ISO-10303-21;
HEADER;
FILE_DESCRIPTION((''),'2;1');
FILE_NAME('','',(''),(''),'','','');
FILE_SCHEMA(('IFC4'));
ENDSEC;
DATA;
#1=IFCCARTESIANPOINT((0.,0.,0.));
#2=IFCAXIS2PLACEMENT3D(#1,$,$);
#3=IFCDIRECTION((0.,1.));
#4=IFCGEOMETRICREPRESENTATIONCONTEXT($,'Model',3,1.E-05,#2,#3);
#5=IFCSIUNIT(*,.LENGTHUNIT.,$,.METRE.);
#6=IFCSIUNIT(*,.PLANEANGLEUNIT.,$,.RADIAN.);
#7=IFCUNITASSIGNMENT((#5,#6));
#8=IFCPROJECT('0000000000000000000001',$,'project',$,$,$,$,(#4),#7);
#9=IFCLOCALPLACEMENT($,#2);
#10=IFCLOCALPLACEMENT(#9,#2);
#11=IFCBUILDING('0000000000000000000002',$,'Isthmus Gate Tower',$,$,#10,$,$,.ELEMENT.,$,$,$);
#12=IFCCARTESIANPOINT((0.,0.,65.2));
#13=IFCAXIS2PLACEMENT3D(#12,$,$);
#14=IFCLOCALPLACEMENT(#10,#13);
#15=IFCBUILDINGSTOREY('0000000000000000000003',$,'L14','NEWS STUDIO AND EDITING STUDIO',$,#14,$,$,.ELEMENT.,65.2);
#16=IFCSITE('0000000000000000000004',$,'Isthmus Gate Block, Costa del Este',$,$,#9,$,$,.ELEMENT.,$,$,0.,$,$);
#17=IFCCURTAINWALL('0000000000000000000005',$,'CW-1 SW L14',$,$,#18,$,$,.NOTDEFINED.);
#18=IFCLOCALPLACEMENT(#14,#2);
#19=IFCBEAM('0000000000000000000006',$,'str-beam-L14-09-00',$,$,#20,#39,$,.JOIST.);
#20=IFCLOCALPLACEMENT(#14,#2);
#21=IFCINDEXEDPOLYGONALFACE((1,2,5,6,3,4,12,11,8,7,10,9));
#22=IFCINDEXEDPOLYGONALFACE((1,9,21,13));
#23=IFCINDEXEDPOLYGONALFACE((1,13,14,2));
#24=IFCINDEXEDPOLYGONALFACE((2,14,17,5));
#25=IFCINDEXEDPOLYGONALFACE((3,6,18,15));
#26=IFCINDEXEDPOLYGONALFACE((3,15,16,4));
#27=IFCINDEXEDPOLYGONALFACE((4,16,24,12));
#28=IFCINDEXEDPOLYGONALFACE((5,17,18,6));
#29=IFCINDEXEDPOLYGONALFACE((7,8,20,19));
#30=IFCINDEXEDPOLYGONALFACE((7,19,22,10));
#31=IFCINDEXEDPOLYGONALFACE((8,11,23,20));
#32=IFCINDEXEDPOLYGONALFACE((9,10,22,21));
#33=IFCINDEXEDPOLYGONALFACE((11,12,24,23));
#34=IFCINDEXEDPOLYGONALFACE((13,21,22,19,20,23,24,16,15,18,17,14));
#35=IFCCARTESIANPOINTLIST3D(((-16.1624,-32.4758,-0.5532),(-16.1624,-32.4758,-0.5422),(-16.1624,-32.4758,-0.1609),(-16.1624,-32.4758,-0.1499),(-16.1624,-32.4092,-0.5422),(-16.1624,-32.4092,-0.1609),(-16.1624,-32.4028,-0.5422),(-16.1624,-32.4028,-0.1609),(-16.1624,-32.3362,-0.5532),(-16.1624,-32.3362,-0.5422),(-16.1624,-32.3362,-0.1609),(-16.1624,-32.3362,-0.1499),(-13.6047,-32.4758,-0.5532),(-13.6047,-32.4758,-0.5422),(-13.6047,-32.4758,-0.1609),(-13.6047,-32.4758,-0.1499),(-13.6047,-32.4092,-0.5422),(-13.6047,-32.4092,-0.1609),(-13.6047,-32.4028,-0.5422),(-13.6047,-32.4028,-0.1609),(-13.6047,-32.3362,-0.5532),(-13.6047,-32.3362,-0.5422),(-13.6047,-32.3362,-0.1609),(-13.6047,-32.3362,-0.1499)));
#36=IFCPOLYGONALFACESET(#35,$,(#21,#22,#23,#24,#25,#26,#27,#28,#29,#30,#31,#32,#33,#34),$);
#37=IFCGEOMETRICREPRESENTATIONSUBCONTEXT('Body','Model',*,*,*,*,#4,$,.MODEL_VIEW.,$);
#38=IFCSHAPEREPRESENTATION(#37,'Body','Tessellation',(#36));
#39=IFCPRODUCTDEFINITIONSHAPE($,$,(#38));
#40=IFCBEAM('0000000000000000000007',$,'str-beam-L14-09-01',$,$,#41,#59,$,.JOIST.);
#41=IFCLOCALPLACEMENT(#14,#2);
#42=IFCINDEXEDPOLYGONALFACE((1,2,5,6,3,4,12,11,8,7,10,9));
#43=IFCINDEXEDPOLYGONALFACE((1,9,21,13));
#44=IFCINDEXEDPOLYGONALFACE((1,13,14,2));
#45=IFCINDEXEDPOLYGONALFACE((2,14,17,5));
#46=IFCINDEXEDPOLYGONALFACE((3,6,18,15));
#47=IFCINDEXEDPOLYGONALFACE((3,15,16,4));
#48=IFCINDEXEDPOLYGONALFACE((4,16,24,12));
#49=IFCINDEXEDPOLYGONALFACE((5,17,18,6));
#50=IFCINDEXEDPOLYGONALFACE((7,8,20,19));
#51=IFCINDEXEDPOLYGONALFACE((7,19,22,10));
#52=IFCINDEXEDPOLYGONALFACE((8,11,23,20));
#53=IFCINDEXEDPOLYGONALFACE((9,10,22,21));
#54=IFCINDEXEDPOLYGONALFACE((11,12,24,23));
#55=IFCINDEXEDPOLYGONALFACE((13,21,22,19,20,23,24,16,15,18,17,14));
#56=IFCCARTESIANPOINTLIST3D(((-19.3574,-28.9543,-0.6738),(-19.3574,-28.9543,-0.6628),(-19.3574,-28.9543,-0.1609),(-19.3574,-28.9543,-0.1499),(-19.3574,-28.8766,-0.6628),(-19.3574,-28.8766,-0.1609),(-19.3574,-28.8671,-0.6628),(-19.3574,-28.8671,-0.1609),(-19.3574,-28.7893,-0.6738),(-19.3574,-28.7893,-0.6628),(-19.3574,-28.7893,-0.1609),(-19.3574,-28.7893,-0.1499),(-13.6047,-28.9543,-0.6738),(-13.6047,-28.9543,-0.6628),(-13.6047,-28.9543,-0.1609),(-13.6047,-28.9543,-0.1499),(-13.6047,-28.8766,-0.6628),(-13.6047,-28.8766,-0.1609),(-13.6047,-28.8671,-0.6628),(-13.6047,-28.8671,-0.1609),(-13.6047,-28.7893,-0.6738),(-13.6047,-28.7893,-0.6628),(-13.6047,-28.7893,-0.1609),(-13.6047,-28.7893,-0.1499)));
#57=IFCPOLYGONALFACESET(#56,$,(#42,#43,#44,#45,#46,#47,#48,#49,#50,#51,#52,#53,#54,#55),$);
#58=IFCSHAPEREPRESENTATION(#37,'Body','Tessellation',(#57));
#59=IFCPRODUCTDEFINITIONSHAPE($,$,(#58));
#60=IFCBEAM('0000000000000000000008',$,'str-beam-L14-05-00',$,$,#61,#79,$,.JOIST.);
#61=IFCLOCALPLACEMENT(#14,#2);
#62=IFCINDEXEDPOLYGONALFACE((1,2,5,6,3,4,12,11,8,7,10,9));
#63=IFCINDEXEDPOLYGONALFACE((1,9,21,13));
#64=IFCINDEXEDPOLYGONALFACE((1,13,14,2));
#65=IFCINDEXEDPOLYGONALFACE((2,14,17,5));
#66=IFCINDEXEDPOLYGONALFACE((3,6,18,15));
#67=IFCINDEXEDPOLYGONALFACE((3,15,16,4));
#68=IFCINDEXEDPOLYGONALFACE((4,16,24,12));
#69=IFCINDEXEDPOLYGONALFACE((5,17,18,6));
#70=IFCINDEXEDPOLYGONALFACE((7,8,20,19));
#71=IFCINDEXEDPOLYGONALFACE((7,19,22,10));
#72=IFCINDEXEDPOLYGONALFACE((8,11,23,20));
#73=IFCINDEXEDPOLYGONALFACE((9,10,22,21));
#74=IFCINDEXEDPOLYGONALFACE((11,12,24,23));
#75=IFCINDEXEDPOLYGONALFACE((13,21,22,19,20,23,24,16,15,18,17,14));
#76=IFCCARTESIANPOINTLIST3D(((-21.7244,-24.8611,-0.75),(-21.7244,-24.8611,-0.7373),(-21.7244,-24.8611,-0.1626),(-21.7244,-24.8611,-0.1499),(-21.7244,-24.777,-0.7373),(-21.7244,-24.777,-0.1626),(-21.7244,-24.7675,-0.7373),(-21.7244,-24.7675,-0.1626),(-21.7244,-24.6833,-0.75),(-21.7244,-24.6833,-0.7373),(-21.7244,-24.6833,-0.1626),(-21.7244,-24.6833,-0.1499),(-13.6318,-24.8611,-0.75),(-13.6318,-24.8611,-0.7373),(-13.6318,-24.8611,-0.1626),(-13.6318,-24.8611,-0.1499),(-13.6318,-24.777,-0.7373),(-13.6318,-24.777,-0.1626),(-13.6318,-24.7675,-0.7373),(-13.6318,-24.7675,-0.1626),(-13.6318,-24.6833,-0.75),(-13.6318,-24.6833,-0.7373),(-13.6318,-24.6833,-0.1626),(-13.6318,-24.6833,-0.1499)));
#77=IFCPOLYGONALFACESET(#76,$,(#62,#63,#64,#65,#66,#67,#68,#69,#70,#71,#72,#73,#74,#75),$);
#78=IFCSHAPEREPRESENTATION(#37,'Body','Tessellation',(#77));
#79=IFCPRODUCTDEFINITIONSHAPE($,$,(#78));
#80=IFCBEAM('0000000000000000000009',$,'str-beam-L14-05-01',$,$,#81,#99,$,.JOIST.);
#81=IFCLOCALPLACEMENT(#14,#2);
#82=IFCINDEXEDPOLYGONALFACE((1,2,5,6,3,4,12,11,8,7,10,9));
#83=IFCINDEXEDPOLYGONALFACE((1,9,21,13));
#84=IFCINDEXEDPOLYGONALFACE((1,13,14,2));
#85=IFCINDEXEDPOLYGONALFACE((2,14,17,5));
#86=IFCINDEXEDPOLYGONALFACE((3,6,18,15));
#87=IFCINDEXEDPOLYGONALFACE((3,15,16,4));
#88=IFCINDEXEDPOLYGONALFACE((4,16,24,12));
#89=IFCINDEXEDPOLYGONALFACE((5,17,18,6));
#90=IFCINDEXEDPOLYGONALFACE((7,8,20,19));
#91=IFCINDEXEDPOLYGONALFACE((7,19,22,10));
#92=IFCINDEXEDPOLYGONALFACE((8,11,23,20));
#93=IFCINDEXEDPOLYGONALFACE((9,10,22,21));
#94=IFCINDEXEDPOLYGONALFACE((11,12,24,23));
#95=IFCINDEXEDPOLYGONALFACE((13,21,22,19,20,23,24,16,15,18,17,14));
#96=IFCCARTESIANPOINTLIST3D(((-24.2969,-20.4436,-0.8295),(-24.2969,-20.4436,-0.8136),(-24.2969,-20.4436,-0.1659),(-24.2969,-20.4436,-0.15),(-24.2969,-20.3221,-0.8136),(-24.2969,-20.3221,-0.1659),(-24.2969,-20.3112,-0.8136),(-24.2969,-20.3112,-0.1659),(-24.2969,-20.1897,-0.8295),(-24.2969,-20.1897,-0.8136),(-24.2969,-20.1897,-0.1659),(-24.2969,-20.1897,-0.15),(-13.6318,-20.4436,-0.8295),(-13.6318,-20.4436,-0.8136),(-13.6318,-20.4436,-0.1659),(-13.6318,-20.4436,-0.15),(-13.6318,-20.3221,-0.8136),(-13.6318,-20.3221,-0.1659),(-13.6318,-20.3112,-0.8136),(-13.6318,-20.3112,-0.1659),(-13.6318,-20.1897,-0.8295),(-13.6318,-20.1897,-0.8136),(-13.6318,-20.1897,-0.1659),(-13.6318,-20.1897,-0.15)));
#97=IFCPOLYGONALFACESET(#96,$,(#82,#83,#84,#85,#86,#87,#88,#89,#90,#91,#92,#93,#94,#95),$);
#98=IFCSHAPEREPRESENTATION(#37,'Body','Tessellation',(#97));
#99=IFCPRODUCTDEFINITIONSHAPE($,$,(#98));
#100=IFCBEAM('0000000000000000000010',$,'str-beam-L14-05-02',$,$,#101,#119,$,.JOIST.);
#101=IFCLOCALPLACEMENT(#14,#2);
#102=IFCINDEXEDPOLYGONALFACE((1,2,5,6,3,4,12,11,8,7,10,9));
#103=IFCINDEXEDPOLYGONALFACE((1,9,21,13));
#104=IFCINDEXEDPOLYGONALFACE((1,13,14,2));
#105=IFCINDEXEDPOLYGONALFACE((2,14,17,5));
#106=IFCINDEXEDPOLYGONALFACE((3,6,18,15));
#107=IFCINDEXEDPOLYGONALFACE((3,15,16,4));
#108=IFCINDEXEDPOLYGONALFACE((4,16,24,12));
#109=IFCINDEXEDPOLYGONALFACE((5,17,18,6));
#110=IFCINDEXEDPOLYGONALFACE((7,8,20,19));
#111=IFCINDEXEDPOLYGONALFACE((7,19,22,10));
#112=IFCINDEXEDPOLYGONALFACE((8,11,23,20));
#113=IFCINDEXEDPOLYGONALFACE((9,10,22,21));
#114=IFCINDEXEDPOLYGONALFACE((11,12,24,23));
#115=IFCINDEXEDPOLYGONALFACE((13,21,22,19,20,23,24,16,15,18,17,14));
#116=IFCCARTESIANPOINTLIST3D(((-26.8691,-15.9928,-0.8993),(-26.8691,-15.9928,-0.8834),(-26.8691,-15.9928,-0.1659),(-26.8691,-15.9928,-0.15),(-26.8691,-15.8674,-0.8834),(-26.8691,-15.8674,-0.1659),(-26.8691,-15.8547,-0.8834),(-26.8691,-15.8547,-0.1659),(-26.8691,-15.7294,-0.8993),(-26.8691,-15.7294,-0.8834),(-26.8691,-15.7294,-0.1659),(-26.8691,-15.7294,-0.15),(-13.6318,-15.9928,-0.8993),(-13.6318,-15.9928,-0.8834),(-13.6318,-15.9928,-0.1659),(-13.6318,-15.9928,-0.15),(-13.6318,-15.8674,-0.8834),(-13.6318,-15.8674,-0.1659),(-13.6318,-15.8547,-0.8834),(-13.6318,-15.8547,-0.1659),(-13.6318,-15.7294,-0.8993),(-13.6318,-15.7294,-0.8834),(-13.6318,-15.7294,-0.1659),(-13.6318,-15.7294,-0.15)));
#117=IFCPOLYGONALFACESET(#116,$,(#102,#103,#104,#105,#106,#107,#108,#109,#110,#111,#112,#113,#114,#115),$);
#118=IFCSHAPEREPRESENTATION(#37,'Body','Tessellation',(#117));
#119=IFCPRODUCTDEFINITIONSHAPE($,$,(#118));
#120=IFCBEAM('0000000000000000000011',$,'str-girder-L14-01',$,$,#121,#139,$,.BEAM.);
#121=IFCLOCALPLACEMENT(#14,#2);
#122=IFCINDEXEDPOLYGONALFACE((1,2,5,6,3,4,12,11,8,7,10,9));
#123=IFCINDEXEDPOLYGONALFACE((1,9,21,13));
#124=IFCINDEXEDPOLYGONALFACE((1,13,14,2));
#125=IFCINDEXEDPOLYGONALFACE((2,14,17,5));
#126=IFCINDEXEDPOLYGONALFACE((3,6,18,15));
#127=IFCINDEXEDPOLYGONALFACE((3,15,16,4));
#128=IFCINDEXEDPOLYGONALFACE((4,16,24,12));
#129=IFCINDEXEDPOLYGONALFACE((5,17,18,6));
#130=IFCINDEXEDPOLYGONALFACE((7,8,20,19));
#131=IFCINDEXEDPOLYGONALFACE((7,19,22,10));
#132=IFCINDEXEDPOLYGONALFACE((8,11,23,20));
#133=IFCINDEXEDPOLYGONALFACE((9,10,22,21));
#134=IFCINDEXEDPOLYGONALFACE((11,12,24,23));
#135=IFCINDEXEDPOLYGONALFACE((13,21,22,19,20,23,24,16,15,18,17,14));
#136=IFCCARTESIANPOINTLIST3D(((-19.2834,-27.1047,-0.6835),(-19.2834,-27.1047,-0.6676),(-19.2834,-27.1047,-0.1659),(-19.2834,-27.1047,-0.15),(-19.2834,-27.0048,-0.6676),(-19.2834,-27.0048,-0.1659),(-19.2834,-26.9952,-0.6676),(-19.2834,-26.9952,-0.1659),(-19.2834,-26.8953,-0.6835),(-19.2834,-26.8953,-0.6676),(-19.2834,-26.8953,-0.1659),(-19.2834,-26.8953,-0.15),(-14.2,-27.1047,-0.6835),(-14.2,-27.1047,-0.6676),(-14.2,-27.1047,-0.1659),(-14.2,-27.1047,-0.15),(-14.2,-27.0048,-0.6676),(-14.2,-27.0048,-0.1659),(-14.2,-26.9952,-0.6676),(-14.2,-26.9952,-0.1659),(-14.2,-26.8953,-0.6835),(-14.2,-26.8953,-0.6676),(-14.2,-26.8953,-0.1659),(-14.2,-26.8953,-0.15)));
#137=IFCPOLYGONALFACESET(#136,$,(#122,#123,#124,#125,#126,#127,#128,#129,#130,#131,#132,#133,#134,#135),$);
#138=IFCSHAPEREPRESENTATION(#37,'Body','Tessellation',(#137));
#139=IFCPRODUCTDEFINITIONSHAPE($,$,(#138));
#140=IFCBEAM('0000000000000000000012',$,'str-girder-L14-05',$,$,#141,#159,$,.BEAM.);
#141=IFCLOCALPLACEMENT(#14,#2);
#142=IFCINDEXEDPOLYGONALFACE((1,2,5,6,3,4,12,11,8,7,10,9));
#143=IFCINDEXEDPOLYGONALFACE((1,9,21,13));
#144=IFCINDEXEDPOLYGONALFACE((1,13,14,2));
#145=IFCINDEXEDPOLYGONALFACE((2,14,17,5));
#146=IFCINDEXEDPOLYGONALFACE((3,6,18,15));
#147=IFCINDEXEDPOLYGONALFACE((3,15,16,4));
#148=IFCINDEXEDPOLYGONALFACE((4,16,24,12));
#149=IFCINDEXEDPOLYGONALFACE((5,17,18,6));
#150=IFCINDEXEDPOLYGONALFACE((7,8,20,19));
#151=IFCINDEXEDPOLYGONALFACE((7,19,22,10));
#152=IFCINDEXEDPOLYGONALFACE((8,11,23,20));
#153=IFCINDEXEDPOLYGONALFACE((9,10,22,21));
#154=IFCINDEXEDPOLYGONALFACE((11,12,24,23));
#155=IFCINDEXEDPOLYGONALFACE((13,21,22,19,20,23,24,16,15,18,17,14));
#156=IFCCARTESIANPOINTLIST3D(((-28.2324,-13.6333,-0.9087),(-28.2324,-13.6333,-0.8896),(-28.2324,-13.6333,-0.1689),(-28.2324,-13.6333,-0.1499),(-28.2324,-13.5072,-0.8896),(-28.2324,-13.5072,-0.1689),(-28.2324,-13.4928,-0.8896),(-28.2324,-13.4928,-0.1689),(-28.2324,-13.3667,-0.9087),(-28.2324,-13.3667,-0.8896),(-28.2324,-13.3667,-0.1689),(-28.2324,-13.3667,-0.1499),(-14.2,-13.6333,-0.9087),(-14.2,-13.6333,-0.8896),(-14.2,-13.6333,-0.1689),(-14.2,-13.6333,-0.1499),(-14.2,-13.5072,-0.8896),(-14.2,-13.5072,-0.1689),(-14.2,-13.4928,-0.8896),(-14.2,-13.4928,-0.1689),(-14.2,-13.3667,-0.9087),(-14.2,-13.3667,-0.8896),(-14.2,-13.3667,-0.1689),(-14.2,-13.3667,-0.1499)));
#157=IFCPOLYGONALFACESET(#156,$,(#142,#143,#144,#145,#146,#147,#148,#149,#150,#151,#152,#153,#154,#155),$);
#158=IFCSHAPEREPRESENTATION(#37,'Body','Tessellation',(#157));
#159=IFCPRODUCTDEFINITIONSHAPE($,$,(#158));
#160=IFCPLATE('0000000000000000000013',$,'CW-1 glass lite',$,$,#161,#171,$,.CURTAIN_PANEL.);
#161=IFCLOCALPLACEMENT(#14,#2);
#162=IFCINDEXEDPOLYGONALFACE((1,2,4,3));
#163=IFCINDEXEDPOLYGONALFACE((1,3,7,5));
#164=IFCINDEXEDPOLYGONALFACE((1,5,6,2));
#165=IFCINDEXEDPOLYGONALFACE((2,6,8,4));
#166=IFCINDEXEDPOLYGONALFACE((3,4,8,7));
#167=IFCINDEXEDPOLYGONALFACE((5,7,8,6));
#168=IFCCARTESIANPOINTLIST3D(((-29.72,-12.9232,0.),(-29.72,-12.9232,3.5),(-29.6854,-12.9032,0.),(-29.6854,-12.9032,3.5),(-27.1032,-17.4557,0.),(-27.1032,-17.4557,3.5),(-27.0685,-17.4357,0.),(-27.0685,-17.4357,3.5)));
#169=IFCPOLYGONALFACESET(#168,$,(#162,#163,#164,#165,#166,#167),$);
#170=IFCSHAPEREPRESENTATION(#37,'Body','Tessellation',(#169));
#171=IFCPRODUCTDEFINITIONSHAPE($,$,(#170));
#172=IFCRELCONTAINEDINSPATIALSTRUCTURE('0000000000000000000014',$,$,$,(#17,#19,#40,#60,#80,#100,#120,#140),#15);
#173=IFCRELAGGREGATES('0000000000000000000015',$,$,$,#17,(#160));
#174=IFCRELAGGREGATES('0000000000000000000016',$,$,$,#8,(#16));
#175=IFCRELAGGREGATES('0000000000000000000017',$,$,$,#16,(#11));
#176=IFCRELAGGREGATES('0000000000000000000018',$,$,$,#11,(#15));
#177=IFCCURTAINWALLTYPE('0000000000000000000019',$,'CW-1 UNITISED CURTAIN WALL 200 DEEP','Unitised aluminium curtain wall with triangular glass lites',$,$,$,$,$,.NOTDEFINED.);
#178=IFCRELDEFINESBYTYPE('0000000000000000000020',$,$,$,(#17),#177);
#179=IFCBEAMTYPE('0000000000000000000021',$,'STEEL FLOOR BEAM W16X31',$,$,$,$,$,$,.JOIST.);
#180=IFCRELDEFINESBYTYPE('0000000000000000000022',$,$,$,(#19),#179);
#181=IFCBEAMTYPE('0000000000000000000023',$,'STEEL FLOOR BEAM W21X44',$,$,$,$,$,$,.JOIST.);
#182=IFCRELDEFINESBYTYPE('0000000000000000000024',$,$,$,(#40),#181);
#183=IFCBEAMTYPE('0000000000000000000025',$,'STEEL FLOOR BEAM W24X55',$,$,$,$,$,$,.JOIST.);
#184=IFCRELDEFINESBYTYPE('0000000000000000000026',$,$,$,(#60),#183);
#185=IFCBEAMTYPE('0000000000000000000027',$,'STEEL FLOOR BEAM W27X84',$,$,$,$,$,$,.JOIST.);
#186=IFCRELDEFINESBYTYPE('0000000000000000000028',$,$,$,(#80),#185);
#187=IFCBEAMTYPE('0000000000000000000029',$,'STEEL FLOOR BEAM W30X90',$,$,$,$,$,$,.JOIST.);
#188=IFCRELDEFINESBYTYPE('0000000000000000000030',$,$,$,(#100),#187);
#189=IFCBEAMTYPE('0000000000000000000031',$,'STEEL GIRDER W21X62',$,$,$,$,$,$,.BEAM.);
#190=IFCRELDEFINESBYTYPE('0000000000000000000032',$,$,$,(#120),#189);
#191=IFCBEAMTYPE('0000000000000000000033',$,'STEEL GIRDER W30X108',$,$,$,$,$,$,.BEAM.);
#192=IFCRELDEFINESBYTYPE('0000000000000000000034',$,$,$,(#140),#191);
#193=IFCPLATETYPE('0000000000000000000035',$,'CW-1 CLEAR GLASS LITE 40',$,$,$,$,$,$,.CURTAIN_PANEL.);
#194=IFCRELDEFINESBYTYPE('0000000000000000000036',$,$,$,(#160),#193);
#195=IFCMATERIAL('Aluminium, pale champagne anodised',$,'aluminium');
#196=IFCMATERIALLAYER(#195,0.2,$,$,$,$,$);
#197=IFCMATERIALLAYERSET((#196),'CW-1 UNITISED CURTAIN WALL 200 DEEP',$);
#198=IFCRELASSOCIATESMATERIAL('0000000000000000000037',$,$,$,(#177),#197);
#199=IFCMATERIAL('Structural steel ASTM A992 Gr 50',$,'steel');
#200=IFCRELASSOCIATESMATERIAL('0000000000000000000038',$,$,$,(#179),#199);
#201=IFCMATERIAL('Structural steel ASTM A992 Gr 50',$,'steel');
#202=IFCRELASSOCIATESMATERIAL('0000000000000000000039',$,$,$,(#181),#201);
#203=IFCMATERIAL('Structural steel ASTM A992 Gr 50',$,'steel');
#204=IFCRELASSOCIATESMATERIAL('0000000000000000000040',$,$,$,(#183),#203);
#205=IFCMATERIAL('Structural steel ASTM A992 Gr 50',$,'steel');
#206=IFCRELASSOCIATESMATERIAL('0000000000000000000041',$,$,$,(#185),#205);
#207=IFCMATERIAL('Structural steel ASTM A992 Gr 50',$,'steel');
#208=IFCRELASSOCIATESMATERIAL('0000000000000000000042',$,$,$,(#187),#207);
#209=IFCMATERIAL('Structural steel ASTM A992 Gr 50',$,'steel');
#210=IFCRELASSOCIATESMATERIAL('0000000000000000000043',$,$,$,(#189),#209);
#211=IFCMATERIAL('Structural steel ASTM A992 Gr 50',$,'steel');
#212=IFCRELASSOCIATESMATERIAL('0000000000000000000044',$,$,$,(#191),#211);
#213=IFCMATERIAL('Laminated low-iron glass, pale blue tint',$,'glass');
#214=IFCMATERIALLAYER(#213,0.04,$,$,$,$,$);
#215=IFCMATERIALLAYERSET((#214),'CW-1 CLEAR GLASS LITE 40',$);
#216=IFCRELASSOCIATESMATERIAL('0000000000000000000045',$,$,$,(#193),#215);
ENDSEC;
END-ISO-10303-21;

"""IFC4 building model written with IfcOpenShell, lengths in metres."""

from ifc_helpers import new_model, si_unit, direction, frame, origin, origin_2d, place, context, subcontext, project, spatial, rectangle, i_section, extrude, material, layer, layer_set, material_profile, profile_set, type_object, element, aggregate, save


model = new_model("IFC4")

# Units and contexts
model_context = context("Model", 3, precision=1e-05, world=origin(), true_north=direction((0.0, 1.0)))
body_context = subcontext(model_context, "Body", "Model", "MODEL_VIEW")
ifc_project = project(units=[si_unit("LENGTHUNIT", "METRE"), si_unit("PLANEANGLEUNIT", "RADIAN")], contexts=[model_context])

# Site, building, storey
site_placement = place(None, origin())
site = spatial("IfcSite", under=ifc_project, at=site_placement, Name="Isthmus Gate Block, Costa del Este", CompositionType="ELEMENT", RefElevation=0.0)
building_placement = place(site_placement, origin())
building = spatial("IfcBuilding", under=site, at=building_placement, Name="Isthmus Gate Tower", CompositionType="ELEMENT")
storey_placement = place(building_placement, frame((0.0, 0.0, 65.2)))
storey = spatial("IfcBuildingStorey", under=building, at=storey_placement, Name="L14", Description="NEWS STUDIO AND EDITING STUDIO", CompositionType="ELEMENT", Elevation=65.2)

# Curtain wall
ifc_material_1 = material(Name="Aluminium, pale champagne anodised", Category="aluminium")
ifc_layer_1 = layer(ifc_material_1, 0.2)
ifc_layer_set_1 = layer_set([ifc_layer_1], Name="CW-1 UNITISED CURTAIN WALL 200 DEEP")
curtain_wall_type = type_object("IfcCurtainWallType", Name="CW-1 UNITISED CURTAIN WALL 200 DEEP", Description="Unitised aluminium curtain wall with triangular glass lites", PredefinedType="NOTDEFINED", material=ifc_layer_set_1)
curtain_wall_1_placement = place(storey_placement, origin())
curtain_wall_1 = element("IfcCurtainWall", 1, at=curtain_wall_1_placement, inside=storey, type_object=curtain_wall_type, Name="CW-1 SW L14", PredefinedType="NOTDEFINED")

# Beams
ifc_material_2 = material(Name="Structural steel ASTM A992 Gr 50", Category="steel")
ifc_material_profile_1 = material_profile(ifc_material_2, i_section(OverallWidth=0.1396, OverallDepth=0.4033, WebThickness=0.0063, FlangeThickness=0.011, at=origin_2d()), Name="W16X31")
ifc_profile_set_1 = profile_set([ifc_material_profile_1], Name="Structural steel ASTM A992 Gr 50")
beam_type_1 = type_object("IfcBeamType", Name="STEEL FLOOR BEAM W16X31", PredefinedType="JOIST", material=ifc_profile_set_1)
beam_1_placement = place(storey_placement, frame((-16.1624, -32.406, -0.3516), z_axis=(1.0, 0.0, 0.0), x_axis=(0.0, 1.0, 0.0)))
element("IfcBeam", 2, at=beam_1_placement, inside=storey, type_object=beam_type_1, Name="str-beam-L14-09-00", PredefinedType="JOIST", context=body_context, shape_type="SweptSolid", body=[
    extrude(i_section(OverallWidth=0.1396, OverallDepth=0.4033, WebThickness=0.0063, FlangeThickness=0.011, at=origin_2d()), origin(), (0.0, 0.0, 1.0), 2.5576),
])
ifc_material_3 = material(Name="Structural steel ASTM A992 Gr 50", Category="steel")
ifc_material_profile_2 = material_profile(ifc_material_3, i_section(OverallWidth=0.165, OverallDepth=0.5239, WebThickness=0.0095, FlangeThickness=0.011, at=origin_2d()), Name="W21X44")
ifc_profile_set_2 = profile_set([ifc_material_profile_2], Name="Structural steel ASTM A992 Gr 50")
beam_type_2 = type_object("IfcBeamType", Name="STEEL FLOOR BEAM W21X44", PredefinedType="JOIST", material=ifc_profile_set_2)
beam_2_placement = place(storey_placement, frame((-19.3574, -28.8718, -0.4119), z_axis=(1.0, 0.0, 0.0), x_axis=(0.0, 1.0, 0.0)))
element("IfcBeam", 3, at=beam_2_placement, inside=storey, type_object=beam_type_2, Name="str-beam-L14-09-01", PredefinedType="JOIST", context=body_context, shape_type="SweptSolid", body=[
    extrude(i_section(OverallWidth=0.165, OverallDepth=0.5239, WebThickness=0.0095, FlangeThickness=0.011, at=origin_2d()), origin(), (0.0, 0.0, 1.0), 5.7527),
])
ifc_material_4 = material(Name="Structural steel ASTM A992 Gr 50", Category="steel")
ifc_material_profile_3 = material_profile(ifc_material_4, i_section(OverallWidth=0.1777, OverallDepth=0.6001, WebThickness=0.0095, FlangeThickness=0.0127, at=origin_2d()), Name="W24X55")
ifc_profile_set_3 = profile_set([ifc_material_profile_3], Name="Structural steel ASTM A992 Gr 50")
beam_type_3 = type_object("IfcBeamType", Name="STEEL FLOOR BEAM W24X55", PredefinedType="JOIST", material=ifc_profile_set_3)
beam_3_placement = place(storey_placement, frame((-21.7244, -24.7722, -0.45), z_axis=(1.0, 0.0, 0.0), x_axis=(0.0, 1.0, 0.0)))
element("IfcBeam", 4, at=beam_3_placement, inside=storey, type_object=beam_type_3, Name="str-beam-L14-05-00", PredefinedType="JOIST", context=body_context, shape_type="SweptSolid", body=[
    extrude(i_section(OverallWidth=0.1777, OverallDepth=0.6001, WebThickness=0.0095, FlangeThickness=0.0127, at=origin_2d()), origin(), (0.0, 0.0, 1.0), 8.0925),
])
ifc_material_5 = material(Name="Structural steel ASTM A992 Gr 50", Category="steel")
ifc_material_profile_4 = material_profile(ifc_material_5, i_section(OverallWidth=0.2539, OverallDepth=0.6794, WebThickness=0.011, FlangeThickness=0.0159, at=origin_2d()), Name="W27X84")
ifc_profile_set_4 = profile_set([ifc_material_profile_4], Name="Structural steel ASTM A992 Gr 50")
beam_type_4 = type_object("IfcBeamType", Name="STEEL FLOOR BEAM W27X84", PredefinedType="JOIST", material=ifc_profile_set_4)
beam_4_placement = place(storey_placement, frame((-24.2969, -20.3167, -0.4897), z_axis=(1.0, 0.0, 0.0), x_axis=(0.0, 1.0, 0.0)))
element("IfcBeam", 5, at=beam_4_placement, inside=storey, type_object=beam_type_4, Name="str-beam-L14-05-01", PredefinedType="JOIST", context=body_context, shape_type="SweptSolid", body=[
    extrude(i_section(OverallWidth=0.2539, OverallDepth=0.6794, WebThickness=0.011, FlangeThickness=0.0159, at=origin_2d()), origin(), (0.0, 0.0, 1.0), 10.665),
])
ifc_material_6 = material(Name="Structural steel ASTM A992 Gr 50", Category="steel")
ifc_material_profile_5 = material_profile(ifc_material_6, i_section(OverallWidth=0.2634, OverallDepth=0.7493, WebThickness=0.0127, FlangeThickness=0.0159, at=origin_2d()), Name="W30X90")
ifc_profile_set_5 = profile_set([ifc_material_profile_5], Name="Structural steel ASTM A992 Gr 50")
beam_type_5 = type_object("IfcBeamType", Name="STEEL FLOOR BEAM W30X90", PredefinedType="JOIST", material=ifc_profile_set_5)
beam_5_placement = place(storey_placement, frame((-26.8691, -15.8611, -0.5247), z_axis=(1.0, 0.0, 0.0), x_axis=(0.0, 1.0, 0.0)))
element("IfcBeam", 6, at=beam_5_placement, inside=storey, type_object=beam_type_5, Name="str-beam-L14-05-02", PredefinedType="JOIST", context=body_context, shape_type="SweptSolid", body=[
    extrude(i_section(OverallWidth=0.2634, OverallDepth=0.7493, WebThickness=0.0127, FlangeThickness=0.0159, at=origin_2d()), origin(), (0.0, 0.0, 1.0), 13.2373),
])
ifc_material_7 = material(Name="Structural steel ASTM A992 Gr 50", Category="steel")
ifc_material_profile_6 = material_profile(ifc_material_7, i_section(OverallWidth=0.2095, OverallDepth=0.5334, WebThickness=0.0095, FlangeThickness=0.0159, at=origin_2d()), Name="W21X62")
ifc_profile_set_6 = profile_set([ifc_material_profile_6], Name="Structural steel ASTM A992 Gr 50")
beam_type_6 = type_object("IfcBeamType", Name="STEEL GIRDER W21X62", PredefinedType="BEAM", material=ifc_profile_set_6)
beam_6_placement = place(storey_placement, frame((-19.2834, -27.0, -0.4167), z_axis=(1.0, 0.0, 0.0), x_axis=(0.0, 1.0, 0.0)))
element("IfcBeam", 7, at=beam_6_placement, inside=storey, type_object=beam_type_6, Name="str-girder-L14-01", PredefinedType="BEAM", context=body_context, shape_type="SweptSolid", body=[
    extrude(i_section(OverallWidth=0.2095, OverallDepth=0.5334, WebThickness=0.0095, FlangeThickness=0.0159, at=origin_2d()), origin(), (0.0, 0.0, 1.0), 5.0835),
])
ifc_material_8 = material(Name="Structural steel ASTM A992 Gr 50", Category="steel")
ifc_material_profile_7 = material_profile(ifc_material_8, i_section(OverallWidth=0.2666, OverallDepth=0.7588, WebThickness=0.0144, FlangeThickness=0.019, at=origin_2d()), Name="W30X108")
ifc_profile_set_7 = profile_set([ifc_material_profile_7], Name="Structural steel ASTM A992 Gr 50")
beam_type_7 = type_object("IfcBeamType", Name="STEEL GIRDER W30X108", PredefinedType="BEAM", material=ifc_profile_set_7)
beam_7_placement = place(storey_placement, frame((-28.2324, -13.5, -0.5293), z_axis=(1.0, 0.0, 0.0), x_axis=(0.0, 1.0, 0.0)))
element("IfcBeam", 8, at=beam_7_placement, inside=storey, type_object=beam_type_7, Name="str-girder-L14-05", PredefinedType="BEAM", context=body_context, shape_type="SweptSolid", body=[
    extrude(i_section(OverallWidth=0.2666, OverallDepth=0.7588, WebThickness=0.0144, FlangeThickness=0.019, at=origin_2d()), origin(), (0.0, 0.0, 1.0), 14.0325),
])

# Plate
ifc_material_9 = material(Name="Laminated low-iron glass, pale blue tint", Category="glass")
ifc_layer_2 = layer(ifc_material_9, 0.04)
ifc_layer_set_2 = layer_set([ifc_layer_2], Name="CW-1 CLEAR GLASS LITE 40")
plate_type = type_object("IfcPlateType", Name="CW-1 CLEAR GLASS LITE 40", PredefinedType="CURTAIN_PANEL", material=ifc_layer_set_2)
plate_1_placement = place(storey_placement, frame((-28.3943, -15.1794, 0.0), z_axis=(0.0, 0.0, 1.0), x_axis=(0.5, -0.866025, 0.0)))
plate_1 = element("IfcPlate", 9, at=plate_1_placement, type_object=plate_type, Name="CW-1 glass lite", PredefinedType="CURTAIN_PANEL", context=body_context, shape_type="SweptSolid", body=[
    extrude(rectangle(XDim=5.2336, YDim=0.04, at=origin_2d()), origin(), (0.0, 0.0, 1.0), 3.5),
])
aggregate(curtain_wall_1, [plate_1])

save(model, "model.ifc")
